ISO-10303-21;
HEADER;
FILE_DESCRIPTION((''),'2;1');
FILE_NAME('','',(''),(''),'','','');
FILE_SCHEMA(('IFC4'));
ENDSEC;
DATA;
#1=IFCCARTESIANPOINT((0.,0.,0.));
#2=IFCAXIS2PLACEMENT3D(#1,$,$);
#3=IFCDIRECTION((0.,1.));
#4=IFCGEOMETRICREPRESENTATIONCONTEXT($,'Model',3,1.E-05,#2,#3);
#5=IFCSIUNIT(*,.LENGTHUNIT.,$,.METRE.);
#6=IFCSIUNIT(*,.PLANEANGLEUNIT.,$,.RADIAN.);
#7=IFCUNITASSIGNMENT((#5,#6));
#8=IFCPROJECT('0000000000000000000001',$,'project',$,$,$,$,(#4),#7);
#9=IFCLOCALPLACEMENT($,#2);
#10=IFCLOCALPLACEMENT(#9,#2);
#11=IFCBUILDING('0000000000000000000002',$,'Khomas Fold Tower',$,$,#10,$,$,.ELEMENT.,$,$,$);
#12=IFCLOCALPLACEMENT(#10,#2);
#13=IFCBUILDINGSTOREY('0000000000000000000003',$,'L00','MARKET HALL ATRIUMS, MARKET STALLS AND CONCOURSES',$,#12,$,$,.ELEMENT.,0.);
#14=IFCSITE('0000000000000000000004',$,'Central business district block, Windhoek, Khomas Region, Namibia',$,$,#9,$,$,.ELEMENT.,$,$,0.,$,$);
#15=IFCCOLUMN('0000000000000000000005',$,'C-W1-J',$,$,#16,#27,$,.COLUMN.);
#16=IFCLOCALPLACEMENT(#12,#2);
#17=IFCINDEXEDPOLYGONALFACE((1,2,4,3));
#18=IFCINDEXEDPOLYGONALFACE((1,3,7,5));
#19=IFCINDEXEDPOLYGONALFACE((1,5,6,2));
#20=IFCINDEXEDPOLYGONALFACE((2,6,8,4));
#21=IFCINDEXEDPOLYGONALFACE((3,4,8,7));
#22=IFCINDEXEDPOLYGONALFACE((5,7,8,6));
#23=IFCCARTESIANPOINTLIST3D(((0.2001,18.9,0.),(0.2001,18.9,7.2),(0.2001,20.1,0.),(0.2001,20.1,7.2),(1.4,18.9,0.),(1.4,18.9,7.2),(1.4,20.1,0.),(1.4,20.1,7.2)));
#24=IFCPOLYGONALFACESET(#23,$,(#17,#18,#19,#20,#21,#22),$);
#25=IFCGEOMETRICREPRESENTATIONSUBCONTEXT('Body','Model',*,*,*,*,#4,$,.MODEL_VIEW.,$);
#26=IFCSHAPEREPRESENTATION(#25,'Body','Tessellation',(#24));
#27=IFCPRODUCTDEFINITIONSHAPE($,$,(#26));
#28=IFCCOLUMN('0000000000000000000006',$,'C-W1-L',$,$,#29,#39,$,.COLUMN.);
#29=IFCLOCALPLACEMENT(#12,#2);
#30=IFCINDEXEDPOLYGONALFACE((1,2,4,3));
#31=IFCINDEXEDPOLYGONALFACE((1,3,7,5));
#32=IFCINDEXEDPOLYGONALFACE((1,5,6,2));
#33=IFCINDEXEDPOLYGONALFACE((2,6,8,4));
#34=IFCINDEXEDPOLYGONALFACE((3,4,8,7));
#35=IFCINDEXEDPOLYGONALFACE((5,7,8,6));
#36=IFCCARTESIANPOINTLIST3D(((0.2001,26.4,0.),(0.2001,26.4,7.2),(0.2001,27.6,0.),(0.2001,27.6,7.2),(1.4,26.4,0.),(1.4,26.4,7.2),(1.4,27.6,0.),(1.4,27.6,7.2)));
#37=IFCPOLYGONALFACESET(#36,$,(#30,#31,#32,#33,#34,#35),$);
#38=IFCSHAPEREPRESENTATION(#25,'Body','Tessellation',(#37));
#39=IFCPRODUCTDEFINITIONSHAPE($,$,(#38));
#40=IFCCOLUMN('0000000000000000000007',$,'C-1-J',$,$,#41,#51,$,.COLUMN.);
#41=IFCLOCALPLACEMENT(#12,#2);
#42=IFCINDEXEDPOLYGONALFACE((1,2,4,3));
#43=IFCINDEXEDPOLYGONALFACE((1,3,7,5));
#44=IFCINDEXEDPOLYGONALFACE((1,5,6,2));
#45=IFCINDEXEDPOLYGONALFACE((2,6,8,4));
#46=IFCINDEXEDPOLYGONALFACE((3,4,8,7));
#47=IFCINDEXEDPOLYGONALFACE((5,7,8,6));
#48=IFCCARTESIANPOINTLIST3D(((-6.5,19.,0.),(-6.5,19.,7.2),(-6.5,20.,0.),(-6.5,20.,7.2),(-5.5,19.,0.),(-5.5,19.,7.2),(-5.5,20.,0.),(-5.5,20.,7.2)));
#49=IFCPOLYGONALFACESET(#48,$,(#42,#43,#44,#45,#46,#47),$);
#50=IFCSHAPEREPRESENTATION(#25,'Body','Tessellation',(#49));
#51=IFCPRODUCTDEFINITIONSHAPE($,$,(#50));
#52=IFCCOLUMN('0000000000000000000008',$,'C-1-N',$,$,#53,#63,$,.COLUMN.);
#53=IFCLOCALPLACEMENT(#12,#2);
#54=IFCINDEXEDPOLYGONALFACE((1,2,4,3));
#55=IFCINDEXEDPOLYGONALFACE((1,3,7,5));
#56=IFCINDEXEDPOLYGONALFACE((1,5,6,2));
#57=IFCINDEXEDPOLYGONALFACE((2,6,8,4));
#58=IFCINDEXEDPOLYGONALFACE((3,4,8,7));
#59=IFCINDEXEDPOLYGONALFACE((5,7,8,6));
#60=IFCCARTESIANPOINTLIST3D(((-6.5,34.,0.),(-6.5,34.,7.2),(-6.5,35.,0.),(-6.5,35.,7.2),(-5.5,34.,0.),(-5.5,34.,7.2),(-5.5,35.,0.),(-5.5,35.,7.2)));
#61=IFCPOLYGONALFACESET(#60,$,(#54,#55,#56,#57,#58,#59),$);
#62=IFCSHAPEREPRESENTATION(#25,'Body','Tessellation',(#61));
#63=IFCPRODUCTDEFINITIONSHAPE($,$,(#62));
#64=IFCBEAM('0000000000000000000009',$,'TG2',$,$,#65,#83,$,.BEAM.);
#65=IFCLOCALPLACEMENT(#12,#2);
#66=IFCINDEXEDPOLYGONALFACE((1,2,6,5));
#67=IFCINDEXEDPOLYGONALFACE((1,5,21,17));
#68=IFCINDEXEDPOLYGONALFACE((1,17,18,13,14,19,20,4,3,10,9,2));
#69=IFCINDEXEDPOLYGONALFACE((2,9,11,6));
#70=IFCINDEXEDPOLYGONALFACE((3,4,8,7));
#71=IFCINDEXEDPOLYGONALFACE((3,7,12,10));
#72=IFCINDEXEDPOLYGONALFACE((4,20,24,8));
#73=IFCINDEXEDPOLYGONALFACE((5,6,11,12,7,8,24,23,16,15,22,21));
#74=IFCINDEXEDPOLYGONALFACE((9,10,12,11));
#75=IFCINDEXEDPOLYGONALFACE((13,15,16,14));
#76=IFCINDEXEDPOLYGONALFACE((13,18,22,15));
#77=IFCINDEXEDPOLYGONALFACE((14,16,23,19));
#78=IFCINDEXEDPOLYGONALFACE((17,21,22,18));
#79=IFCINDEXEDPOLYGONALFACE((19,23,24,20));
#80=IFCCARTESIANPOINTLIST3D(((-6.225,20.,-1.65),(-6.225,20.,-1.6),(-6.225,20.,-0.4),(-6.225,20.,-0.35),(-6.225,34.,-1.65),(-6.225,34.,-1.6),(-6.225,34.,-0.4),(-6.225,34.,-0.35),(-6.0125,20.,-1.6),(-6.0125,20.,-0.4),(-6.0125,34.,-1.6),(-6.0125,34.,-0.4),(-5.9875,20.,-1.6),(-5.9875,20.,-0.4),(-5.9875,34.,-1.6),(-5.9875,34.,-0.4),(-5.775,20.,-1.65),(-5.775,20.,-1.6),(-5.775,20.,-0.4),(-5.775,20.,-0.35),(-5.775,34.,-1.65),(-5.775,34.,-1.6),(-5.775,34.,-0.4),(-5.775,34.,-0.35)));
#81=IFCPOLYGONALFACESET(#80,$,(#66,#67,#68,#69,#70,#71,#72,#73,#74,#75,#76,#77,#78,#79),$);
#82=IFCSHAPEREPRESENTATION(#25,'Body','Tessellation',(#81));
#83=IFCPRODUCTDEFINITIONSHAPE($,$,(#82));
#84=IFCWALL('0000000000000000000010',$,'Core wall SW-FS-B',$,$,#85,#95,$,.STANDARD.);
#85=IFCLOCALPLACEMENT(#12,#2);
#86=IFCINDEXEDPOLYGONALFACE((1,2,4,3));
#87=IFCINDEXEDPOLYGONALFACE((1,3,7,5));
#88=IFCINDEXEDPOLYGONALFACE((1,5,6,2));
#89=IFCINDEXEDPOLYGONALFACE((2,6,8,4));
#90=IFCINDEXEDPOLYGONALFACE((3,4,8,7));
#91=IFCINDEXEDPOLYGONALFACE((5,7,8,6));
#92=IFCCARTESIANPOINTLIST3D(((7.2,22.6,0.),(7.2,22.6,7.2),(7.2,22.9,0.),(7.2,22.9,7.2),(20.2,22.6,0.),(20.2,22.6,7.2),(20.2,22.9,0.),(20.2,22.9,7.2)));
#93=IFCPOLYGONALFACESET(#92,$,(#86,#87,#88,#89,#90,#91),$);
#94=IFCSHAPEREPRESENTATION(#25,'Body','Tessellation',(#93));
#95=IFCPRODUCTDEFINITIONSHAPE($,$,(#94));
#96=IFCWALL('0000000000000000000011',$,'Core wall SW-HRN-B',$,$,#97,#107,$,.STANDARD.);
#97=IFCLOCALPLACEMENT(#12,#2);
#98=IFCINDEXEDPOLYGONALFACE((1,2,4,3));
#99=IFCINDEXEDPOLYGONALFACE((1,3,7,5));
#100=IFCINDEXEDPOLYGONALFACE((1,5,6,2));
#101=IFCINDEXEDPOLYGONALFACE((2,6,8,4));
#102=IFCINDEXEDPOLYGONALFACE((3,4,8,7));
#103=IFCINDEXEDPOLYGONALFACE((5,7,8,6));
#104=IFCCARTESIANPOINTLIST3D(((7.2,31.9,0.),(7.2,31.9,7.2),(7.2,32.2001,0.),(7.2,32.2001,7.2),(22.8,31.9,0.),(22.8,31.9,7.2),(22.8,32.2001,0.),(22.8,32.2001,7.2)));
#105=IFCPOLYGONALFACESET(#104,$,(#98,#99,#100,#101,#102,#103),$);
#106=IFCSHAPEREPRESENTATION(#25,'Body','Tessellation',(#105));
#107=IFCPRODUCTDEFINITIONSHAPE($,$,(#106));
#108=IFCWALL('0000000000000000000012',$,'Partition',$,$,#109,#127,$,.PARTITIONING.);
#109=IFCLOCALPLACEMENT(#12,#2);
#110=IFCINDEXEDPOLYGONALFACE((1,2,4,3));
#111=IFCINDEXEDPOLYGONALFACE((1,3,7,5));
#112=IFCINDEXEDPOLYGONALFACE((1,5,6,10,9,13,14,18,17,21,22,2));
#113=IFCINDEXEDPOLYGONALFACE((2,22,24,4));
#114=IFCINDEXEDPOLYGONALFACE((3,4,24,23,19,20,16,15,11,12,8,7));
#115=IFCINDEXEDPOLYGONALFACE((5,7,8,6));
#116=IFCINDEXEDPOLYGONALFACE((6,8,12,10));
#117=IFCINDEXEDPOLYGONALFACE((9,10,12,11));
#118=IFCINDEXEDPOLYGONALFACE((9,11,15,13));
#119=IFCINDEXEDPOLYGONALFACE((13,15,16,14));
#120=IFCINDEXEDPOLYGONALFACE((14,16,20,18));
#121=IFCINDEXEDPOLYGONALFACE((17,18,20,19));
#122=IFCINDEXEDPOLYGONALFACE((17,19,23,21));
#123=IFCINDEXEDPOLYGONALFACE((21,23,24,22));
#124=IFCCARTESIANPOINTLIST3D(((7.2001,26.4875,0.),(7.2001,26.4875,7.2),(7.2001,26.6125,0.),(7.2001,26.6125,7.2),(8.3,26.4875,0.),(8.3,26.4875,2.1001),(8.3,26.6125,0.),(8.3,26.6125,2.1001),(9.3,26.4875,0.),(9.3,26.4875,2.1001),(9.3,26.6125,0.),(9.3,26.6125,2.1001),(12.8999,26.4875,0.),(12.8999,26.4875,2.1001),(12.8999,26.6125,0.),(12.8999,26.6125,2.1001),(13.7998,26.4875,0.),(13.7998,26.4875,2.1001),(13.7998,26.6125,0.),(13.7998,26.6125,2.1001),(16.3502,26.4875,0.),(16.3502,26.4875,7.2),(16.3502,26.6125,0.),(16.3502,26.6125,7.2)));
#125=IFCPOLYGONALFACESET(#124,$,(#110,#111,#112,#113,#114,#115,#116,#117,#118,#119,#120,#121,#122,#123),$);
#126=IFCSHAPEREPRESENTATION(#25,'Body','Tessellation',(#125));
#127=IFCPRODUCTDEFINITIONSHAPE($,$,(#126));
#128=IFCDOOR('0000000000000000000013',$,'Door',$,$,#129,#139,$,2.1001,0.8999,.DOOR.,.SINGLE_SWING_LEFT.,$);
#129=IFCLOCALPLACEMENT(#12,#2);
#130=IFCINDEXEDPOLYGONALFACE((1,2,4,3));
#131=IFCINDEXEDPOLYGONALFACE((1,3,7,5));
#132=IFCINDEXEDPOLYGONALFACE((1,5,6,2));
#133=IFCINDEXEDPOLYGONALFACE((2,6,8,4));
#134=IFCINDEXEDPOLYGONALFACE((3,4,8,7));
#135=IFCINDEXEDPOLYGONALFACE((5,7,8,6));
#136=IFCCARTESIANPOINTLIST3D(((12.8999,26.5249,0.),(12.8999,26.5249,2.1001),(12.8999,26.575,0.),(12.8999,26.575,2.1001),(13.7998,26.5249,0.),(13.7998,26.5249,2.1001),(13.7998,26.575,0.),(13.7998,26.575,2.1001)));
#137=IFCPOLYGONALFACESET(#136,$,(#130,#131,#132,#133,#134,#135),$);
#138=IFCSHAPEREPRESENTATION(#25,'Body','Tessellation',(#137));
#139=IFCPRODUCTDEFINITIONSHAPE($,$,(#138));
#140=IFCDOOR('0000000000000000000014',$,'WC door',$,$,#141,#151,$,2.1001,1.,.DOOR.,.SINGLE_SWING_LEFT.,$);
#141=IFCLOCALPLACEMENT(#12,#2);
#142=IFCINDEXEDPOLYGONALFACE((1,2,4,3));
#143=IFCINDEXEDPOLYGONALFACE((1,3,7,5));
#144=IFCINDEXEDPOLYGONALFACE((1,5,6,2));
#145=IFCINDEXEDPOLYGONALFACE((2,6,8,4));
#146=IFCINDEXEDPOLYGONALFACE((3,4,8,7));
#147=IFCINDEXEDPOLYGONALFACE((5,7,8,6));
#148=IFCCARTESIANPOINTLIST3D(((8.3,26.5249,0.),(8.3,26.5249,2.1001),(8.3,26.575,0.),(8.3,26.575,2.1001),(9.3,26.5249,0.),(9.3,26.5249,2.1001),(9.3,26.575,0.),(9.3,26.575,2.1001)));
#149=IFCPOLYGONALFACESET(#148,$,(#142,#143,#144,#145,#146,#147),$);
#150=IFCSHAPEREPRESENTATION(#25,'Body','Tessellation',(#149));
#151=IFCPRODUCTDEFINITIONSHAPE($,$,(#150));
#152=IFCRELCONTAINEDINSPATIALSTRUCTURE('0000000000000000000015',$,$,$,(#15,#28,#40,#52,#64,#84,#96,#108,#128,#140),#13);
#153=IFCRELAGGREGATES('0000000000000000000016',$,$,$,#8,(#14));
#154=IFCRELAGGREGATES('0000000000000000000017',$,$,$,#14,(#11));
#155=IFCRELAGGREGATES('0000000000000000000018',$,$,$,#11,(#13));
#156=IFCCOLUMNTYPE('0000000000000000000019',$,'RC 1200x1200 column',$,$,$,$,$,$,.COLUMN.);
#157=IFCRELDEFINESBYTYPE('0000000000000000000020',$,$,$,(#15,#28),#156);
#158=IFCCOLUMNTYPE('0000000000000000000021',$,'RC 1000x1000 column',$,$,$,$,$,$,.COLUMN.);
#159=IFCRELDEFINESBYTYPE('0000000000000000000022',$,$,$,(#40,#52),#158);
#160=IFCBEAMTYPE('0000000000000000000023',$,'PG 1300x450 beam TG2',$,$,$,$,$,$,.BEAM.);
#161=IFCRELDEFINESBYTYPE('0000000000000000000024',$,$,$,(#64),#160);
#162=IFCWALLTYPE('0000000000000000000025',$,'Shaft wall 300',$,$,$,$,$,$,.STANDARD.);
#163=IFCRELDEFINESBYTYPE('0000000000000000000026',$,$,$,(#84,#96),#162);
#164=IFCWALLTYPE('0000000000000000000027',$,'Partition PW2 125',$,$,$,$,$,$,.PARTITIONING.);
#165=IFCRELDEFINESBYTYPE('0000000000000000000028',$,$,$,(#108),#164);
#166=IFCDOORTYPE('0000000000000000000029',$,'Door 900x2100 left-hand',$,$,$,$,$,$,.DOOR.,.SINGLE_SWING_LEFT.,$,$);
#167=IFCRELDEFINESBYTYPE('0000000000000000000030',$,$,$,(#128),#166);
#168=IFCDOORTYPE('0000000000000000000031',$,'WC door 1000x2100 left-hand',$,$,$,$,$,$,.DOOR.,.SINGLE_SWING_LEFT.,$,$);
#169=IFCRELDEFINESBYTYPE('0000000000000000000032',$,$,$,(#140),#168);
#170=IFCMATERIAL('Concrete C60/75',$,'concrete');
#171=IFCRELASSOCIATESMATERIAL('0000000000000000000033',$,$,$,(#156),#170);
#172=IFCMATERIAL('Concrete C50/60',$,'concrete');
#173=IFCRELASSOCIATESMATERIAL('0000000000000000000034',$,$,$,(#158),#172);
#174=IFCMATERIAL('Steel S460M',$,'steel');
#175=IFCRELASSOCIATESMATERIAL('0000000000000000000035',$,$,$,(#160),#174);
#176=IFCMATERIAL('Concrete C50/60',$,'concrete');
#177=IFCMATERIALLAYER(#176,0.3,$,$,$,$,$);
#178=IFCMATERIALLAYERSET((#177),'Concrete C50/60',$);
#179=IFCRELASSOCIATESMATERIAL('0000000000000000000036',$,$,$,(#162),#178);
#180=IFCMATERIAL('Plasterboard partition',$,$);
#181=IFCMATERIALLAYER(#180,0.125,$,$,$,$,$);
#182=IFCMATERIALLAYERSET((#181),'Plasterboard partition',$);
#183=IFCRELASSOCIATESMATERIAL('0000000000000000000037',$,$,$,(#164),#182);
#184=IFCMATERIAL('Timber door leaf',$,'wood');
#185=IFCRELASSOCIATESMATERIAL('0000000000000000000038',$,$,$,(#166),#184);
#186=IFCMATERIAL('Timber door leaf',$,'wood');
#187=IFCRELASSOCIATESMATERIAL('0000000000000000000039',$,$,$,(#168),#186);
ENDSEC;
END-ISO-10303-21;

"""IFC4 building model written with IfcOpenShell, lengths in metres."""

from ifc_helpers import new_model, si_unit, direction, frame, frame_2d, origin, origin_2d, place, context, subcontext, project, spatial, rectangle, i_section, extrude, source, transform, mapped, material, layer, layer_set, material_profile, profile_set, type_object, element, fill, save


model = new_model("IFC4")

# Units and contexts
model_context = context("Model", 3, precision=1e-05, world=origin(), true_north=direction((0.0, 1.0)))
body_context = subcontext(model_context, "Body", "Model", "MODEL_VIEW")
ifc_project = project(units=[si_unit("LENGTHUNIT", "METRE"), si_unit("PLANEANGLEUNIT", "RADIAN")], contexts=[model_context])

# Site, building, storey
site_placement = place(None, origin())
site = spatial("IfcSite", under=ifc_project, at=site_placement, Name="Central business district block, Windhoek, Khomas Region, Namibia", CompositionType="ELEMENT", RefElevation=0.0)
building_placement = place(site_placement, origin())
building = spatial("IfcBuilding", under=site, at=building_placement, Name="Khomas Fold Tower", CompositionType="ELEMENT")
storey_placement = place(building_placement, origin())
storey = spatial("IfcBuildingStorey", under=building, at=storey_placement, Name="L00", Description="MARKET HALL ATRIUMS, MARKET STALLS AND CONCOURSES", CompositionType="ELEMENT", Elevation=0.0)

# Columns
ifc_material_1 = material(Name="Concrete C60/75", Category="concrete")
ifc_material_profile_1 = material_profile(ifc_material_1, rectangle(XDim=1.2, YDim=1.2, at=origin_2d()), Name="RC 1200x1200")
ifc_profile_set_1 = profile_set([ifc_material_profile_1], Name="Concrete C60/75")
column_type_1 = type_object("IfcColumnType", Name="RC 1200x1200 column", PredefinedType="COLUMN", material=ifc_profile_set_1)
shared_shape_1 = source(origin(), body_context, "Body", "SweptSolid", [
    extrude(rectangle(XDim=1.2, YDim=1.2, at=origin_2d()), origin(), (0.0, 0.0, 1.0), 7.2),
])
for number, where, z_axis, x_axis, name in (
    (1, (0.8, 19.5, 0.0), (0.0, 0.0, 1.0), (1.0, 0.0, 0.0), "C-W1-J"),
    (2, (0.8, 27.0, 0.0), (0.0, 0.0, 1.0), (1.0, 0.0, 0.0), "C-W1-L"),
):
    element("IfcColumn", number, at=place(storey_placement, frame(where, z_axis=z_axis, x_axis=x_axis)), inside=storey, type_object=column_type_1, Name=name, PredefinedType="COLUMN", context=body_context, shape_type="MappedRepresentation", body=[
        mapped(shared_shape_1, transform((0.0, 0.0, 0.0))),
    ])
ifc_material_2 = material(Name="Concrete C50/60", Category="concrete")
ifc_material_profile_2 = material_profile(ifc_material_2, rectangle(XDim=1.0, YDim=1.0, at=origin_2d()), Name="RC 1000x1000")
ifc_profile_set_2 = profile_set([ifc_material_profile_2], Name="Concrete C50/60")
column_type_2 = type_object("IfcColumnType", Name="RC 1000x1000 column", PredefinedType="COLUMN", material=ifc_profile_set_2)
shared_shape_2 = source(origin(), body_context, "Body", "SweptSolid", [
    extrude(rectangle(XDim=1.0, YDim=1.0, at=origin_2d()), origin(), (0.0, 0.0, 1.0), 7.2),
])
for number, where, z_axis, x_axis, name in (
    (3, (-6.0, 19.5, 0.0), (0.0, 0.0, 1.0), (1.0, 0.0, 0.0), "C-1-J"),
    (4, (-6.0, 34.5, 0.0), (0.0, 0.0, 1.0), (1.0, 0.0, 0.0), "C-1-N"),
):
    element("IfcColumn", number, at=place(storey_placement, frame(where, z_axis=z_axis, x_axis=x_axis)), inside=storey, type_object=column_type_2, Name=name, PredefinedType="COLUMN", context=body_context, shape_type="MappedRepresentation", body=[
        mapped(shared_shape_2, transform((0.0, 0.0, 0.0))),
    ])

# Beam
ifc_material_3 = material(Name="Steel S460M", Category="steel")
ifc_material_profile_3 = material_profile(ifc_material_3, i_section(OverallWidth=0.45, OverallDepth=1.3, WebThickness=0.0249, FlangeThickness=0.05, at=origin_2d()), Name="PG 1300x450")
ifc_profile_set_3 = profile_set([ifc_material_profile_3], Name="Steel S460M")
beam_type = type_object("IfcBeamType", Name="PG 1300x450 beam TG2", PredefinedType="BEAM", material=ifc_profile_set_3)
shared_shape_3 = source(origin(), body_context, "Body", "SweptSolid", [
    extrude(i_section(OverallWidth=0.45, OverallDepth=1.3, WebThickness=0.0249, FlangeThickness=0.05, at=origin_2d()), origin(), (0.0, 0.0, 1.0), 14.0),
])
beam_placement = place(storey_placement, frame((-6.0, 20.0, -1.0), z_axis=(0.0, 1.0, 0.0), x_axis=(-1.0, 0.0, 0.0)))
element("IfcBeam", 5, at=beam_placement, inside=storey, type_object=beam_type, Name="TG2", PredefinedType="BEAM", context=body_context, shape_type="MappedRepresentation", body=[
    mapped(shared_shape_3, transform((0.0, 0.0, 0.0))),
])

# Walls
ifc_material_4 = material(Name="Concrete C50/60", Category="concrete")
ifc_layer_1 = layer(ifc_material_4, 0.3)
ifc_layer_set_1 = layer_set([ifc_layer_1], Name="Concrete C50/60")
wall_type_1 = type_object("IfcWallType", Name="Shaft wall 300", PredefinedType="STANDARD", material=ifc_layer_set_1)
shared_shape_4 = source(origin(), body_context, "Body", "SweptSolid", [
    extrude(rectangle(XDim=13.0, YDim=0.3, at=frame_2d((6.5, 0.0))), origin(), (0.0, 0.0, 1.0), 7.2),
])
wall_1_placement = place(storey_placement, frame((7.2, 22.75, 0.0), z_axis=(0.0, 0.0, 1.0), x_axis=(1.0, 0.0, 0.0)))
element("IfcWall", 6, at=wall_1_placement, inside=storey, type_object=wall_type_1, Name="Core wall SW-FS-B", PredefinedType="STANDARD", context=body_context, shape_type="MappedRepresentation", body=[
    mapped(shared_shape_4, transform((0.0, 0.0, 0.0))),
])
shared_shape_5 = source(origin(), body_context, "Body", "SweptSolid", [
    extrude(rectangle(XDim=15.6001, YDim=0.3, at=frame_2d((7.8, 0.0))), origin(), (0.0, 0.0, 1.0), 7.2),
])
wall_2_placement = place(storey_placement, frame((7.2, 32.05, 0.0), z_axis=(0.0, 0.0, 1.0), x_axis=(1.0, 0.0, 0.0)))
element("IfcWall", 7, at=wall_2_placement, inside=storey, type_object=wall_type_1, Name="Core wall SW-HRN-B", PredefinedType="STANDARD", context=body_context, shape_type="MappedRepresentation", body=[
    mapped(shared_shape_5, transform((0.0, 0.0, 0.0))),
])

# Wall, openings, doors
ifc_material_5 = material(Name="Plasterboard partition")
ifc_layer_2 = layer(ifc_material_5, 0.125)
ifc_layer_set_2 = layer_set([ifc_layer_2], Name="Plasterboard partition")
wall_type_2 = type_object("IfcWallType", Name="Partition PW2 125", PredefinedType="PARTITIONING", material=ifc_layer_set_2)
shared_shape_6 = source(origin(), body_context, "Body", "SweptSolid", [
    extrude(rectangle(XDim=9.1501, YDim=0.125, at=frame_2d((4.5752, 0.0))), origin(), (0.0, 0.0, 1.0), 7.2),
])
wall_3_placement = place(storey_placement, frame((7.2, 26.55, 0.0), z_axis=(0.0, 0.0, 1.0), x_axis=(1.0, 0.0, 0.0)))
wall_3 = element("IfcWall", 8, at=wall_3_placement, inside=storey, type_object=wall_type_2, Name="Partition", PredefinedType="PARTITIONING", context=body_context, shape_type="MappedRepresentation", body=[
    mapped(shared_shape_6, transform((0.0, 0.0, 0.0))),
])
shared_shape_7 = source(origin(), body_context, "Body", "SweptSolid", [
    extrude(rectangle(XDim=1.0, YDim=2.1001, at=frame_2d((0.5, 1.05))), frame((0.0, 0.0725, 0.0), z_axis=(0.0, -1.0, 0.0), x_axis=(1.0, 0.0, 0.0)), (0.0, 0.0, 1.0), 0.145),
])
opening_1_placement = place(wall_3_placement, frame((1.1001, 0.0, 0.0)))
opening_1 = element("IfcOpeningElement", 9, at=opening_1_placement, cuts=wall_3, PredefinedType="OPENING", context=body_context, shape_type="MappedRepresentation", body=[
    mapped(shared_shape_7, transform((0.0, 0.0, 0.0))),
])
shared_shape_8 = source(origin(), body_context, "Body", "SweptSolid", [
    extrude(rectangle(XDim=0.8999, YDim=2.1001, at=frame_2d((0.45, 1.05))), frame((0.0, 0.0725, 0.0), z_axis=(0.0, -1.0, 0.0), x_axis=(1.0, 0.0, 0.0)), (0.0, 0.0, 1.0), 0.145),
])
opening_2_placement = place(wall_3_placement, frame((5.7, 0.0, 0.0)))
opening_2 = element("IfcOpeningElement", 10, at=opening_2_placement, cuts=wall_3, PredefinedType="OPENING", context=body_context, shape_type="MappedRepresentation", body=[
    mapped(shared_shape_8, transform((0.0, 0.0, 0.0))),
])
ifc_material_6 = material(Name="Timber door leaf", Category="wood")
door_type_1 = type_object("IfcDoorType", Name="Door 900x2100 left-hand", OperationType="SINGLE_SWING_LEFT", PredefinedType="DOOR", material=ifc_material_6)
shared_shape_9 = source(origin(), body_context, "Body", "SweptSolid", [
    extrude(rectangle(XDim=0.8999, YDim=2.1001, at=frame_2d((0.45, 1.05))), frame((0.0, 0.0249, 0.0), z_axis=(0.0, -1.0, 0.0), x_axis=(1.0, 0.0, 0.0)), (0.0, 0.0, 1.0), 0.05),
])
door_1_placement = place(opening_2_placement, origin())
door_1 = element("IfcDoor", 11, at=door_1_placement, inside=storey, type_object=door_type_1, Name="Door", OperationType="SINGLE_SWING_LEFT", OverallHeight=2.1001, OverallWidth=0.8999, PredefinedType="DOOR", context=body_context, shape_type="MappedRepresentation", body=[
    mapped(shared_shape_9, transform((0.0, 0.0, 0.0))),
])
fill(opening_2, door_1)
ifc_material_7 = material(Name="Timber door leaf", Category="wood")
door_type_2 = type_object("IfcDoorType", Name="WC door 1000x2100 left-hand", OperationType="SINGLE_SWING_LEFT", PredefinedType="DOOR", material=ifc_material_7)
shared_shape_10 = source(origin(), body_context, "Body", "SweptSolid", [
    extrude(rectangle(XDim=1.0, YDim=2.1001, at=frame_2d((0.5, 1.05))), frame((0.0, 0.0249, 0.0), z_axis=(0.0, -1.0, 0.0), x_axis=(1.0, 0.0, 0.0)), (0.0, 0.0, 1.0), 0.05),
])
door_2_placement = place(opening_1_placement, origin())
door_2 = element("IfcDoor", 12, at=door_2_placement, inside=storey, type_object=door_type_2, Name="WC door", OperationType="SINGLE_SWING_LEFT", OverallHeight=2.1001, OverallWidth=1.0, PredefinedType="DOOR", context=body_context, shape_type="MappedRepresentation", body=[
    mapped(shared_shape_10, transform((0.0, 0.0, 0.0))),
])
fill(opening_1, door_2)

save(model, "model.ifc")
